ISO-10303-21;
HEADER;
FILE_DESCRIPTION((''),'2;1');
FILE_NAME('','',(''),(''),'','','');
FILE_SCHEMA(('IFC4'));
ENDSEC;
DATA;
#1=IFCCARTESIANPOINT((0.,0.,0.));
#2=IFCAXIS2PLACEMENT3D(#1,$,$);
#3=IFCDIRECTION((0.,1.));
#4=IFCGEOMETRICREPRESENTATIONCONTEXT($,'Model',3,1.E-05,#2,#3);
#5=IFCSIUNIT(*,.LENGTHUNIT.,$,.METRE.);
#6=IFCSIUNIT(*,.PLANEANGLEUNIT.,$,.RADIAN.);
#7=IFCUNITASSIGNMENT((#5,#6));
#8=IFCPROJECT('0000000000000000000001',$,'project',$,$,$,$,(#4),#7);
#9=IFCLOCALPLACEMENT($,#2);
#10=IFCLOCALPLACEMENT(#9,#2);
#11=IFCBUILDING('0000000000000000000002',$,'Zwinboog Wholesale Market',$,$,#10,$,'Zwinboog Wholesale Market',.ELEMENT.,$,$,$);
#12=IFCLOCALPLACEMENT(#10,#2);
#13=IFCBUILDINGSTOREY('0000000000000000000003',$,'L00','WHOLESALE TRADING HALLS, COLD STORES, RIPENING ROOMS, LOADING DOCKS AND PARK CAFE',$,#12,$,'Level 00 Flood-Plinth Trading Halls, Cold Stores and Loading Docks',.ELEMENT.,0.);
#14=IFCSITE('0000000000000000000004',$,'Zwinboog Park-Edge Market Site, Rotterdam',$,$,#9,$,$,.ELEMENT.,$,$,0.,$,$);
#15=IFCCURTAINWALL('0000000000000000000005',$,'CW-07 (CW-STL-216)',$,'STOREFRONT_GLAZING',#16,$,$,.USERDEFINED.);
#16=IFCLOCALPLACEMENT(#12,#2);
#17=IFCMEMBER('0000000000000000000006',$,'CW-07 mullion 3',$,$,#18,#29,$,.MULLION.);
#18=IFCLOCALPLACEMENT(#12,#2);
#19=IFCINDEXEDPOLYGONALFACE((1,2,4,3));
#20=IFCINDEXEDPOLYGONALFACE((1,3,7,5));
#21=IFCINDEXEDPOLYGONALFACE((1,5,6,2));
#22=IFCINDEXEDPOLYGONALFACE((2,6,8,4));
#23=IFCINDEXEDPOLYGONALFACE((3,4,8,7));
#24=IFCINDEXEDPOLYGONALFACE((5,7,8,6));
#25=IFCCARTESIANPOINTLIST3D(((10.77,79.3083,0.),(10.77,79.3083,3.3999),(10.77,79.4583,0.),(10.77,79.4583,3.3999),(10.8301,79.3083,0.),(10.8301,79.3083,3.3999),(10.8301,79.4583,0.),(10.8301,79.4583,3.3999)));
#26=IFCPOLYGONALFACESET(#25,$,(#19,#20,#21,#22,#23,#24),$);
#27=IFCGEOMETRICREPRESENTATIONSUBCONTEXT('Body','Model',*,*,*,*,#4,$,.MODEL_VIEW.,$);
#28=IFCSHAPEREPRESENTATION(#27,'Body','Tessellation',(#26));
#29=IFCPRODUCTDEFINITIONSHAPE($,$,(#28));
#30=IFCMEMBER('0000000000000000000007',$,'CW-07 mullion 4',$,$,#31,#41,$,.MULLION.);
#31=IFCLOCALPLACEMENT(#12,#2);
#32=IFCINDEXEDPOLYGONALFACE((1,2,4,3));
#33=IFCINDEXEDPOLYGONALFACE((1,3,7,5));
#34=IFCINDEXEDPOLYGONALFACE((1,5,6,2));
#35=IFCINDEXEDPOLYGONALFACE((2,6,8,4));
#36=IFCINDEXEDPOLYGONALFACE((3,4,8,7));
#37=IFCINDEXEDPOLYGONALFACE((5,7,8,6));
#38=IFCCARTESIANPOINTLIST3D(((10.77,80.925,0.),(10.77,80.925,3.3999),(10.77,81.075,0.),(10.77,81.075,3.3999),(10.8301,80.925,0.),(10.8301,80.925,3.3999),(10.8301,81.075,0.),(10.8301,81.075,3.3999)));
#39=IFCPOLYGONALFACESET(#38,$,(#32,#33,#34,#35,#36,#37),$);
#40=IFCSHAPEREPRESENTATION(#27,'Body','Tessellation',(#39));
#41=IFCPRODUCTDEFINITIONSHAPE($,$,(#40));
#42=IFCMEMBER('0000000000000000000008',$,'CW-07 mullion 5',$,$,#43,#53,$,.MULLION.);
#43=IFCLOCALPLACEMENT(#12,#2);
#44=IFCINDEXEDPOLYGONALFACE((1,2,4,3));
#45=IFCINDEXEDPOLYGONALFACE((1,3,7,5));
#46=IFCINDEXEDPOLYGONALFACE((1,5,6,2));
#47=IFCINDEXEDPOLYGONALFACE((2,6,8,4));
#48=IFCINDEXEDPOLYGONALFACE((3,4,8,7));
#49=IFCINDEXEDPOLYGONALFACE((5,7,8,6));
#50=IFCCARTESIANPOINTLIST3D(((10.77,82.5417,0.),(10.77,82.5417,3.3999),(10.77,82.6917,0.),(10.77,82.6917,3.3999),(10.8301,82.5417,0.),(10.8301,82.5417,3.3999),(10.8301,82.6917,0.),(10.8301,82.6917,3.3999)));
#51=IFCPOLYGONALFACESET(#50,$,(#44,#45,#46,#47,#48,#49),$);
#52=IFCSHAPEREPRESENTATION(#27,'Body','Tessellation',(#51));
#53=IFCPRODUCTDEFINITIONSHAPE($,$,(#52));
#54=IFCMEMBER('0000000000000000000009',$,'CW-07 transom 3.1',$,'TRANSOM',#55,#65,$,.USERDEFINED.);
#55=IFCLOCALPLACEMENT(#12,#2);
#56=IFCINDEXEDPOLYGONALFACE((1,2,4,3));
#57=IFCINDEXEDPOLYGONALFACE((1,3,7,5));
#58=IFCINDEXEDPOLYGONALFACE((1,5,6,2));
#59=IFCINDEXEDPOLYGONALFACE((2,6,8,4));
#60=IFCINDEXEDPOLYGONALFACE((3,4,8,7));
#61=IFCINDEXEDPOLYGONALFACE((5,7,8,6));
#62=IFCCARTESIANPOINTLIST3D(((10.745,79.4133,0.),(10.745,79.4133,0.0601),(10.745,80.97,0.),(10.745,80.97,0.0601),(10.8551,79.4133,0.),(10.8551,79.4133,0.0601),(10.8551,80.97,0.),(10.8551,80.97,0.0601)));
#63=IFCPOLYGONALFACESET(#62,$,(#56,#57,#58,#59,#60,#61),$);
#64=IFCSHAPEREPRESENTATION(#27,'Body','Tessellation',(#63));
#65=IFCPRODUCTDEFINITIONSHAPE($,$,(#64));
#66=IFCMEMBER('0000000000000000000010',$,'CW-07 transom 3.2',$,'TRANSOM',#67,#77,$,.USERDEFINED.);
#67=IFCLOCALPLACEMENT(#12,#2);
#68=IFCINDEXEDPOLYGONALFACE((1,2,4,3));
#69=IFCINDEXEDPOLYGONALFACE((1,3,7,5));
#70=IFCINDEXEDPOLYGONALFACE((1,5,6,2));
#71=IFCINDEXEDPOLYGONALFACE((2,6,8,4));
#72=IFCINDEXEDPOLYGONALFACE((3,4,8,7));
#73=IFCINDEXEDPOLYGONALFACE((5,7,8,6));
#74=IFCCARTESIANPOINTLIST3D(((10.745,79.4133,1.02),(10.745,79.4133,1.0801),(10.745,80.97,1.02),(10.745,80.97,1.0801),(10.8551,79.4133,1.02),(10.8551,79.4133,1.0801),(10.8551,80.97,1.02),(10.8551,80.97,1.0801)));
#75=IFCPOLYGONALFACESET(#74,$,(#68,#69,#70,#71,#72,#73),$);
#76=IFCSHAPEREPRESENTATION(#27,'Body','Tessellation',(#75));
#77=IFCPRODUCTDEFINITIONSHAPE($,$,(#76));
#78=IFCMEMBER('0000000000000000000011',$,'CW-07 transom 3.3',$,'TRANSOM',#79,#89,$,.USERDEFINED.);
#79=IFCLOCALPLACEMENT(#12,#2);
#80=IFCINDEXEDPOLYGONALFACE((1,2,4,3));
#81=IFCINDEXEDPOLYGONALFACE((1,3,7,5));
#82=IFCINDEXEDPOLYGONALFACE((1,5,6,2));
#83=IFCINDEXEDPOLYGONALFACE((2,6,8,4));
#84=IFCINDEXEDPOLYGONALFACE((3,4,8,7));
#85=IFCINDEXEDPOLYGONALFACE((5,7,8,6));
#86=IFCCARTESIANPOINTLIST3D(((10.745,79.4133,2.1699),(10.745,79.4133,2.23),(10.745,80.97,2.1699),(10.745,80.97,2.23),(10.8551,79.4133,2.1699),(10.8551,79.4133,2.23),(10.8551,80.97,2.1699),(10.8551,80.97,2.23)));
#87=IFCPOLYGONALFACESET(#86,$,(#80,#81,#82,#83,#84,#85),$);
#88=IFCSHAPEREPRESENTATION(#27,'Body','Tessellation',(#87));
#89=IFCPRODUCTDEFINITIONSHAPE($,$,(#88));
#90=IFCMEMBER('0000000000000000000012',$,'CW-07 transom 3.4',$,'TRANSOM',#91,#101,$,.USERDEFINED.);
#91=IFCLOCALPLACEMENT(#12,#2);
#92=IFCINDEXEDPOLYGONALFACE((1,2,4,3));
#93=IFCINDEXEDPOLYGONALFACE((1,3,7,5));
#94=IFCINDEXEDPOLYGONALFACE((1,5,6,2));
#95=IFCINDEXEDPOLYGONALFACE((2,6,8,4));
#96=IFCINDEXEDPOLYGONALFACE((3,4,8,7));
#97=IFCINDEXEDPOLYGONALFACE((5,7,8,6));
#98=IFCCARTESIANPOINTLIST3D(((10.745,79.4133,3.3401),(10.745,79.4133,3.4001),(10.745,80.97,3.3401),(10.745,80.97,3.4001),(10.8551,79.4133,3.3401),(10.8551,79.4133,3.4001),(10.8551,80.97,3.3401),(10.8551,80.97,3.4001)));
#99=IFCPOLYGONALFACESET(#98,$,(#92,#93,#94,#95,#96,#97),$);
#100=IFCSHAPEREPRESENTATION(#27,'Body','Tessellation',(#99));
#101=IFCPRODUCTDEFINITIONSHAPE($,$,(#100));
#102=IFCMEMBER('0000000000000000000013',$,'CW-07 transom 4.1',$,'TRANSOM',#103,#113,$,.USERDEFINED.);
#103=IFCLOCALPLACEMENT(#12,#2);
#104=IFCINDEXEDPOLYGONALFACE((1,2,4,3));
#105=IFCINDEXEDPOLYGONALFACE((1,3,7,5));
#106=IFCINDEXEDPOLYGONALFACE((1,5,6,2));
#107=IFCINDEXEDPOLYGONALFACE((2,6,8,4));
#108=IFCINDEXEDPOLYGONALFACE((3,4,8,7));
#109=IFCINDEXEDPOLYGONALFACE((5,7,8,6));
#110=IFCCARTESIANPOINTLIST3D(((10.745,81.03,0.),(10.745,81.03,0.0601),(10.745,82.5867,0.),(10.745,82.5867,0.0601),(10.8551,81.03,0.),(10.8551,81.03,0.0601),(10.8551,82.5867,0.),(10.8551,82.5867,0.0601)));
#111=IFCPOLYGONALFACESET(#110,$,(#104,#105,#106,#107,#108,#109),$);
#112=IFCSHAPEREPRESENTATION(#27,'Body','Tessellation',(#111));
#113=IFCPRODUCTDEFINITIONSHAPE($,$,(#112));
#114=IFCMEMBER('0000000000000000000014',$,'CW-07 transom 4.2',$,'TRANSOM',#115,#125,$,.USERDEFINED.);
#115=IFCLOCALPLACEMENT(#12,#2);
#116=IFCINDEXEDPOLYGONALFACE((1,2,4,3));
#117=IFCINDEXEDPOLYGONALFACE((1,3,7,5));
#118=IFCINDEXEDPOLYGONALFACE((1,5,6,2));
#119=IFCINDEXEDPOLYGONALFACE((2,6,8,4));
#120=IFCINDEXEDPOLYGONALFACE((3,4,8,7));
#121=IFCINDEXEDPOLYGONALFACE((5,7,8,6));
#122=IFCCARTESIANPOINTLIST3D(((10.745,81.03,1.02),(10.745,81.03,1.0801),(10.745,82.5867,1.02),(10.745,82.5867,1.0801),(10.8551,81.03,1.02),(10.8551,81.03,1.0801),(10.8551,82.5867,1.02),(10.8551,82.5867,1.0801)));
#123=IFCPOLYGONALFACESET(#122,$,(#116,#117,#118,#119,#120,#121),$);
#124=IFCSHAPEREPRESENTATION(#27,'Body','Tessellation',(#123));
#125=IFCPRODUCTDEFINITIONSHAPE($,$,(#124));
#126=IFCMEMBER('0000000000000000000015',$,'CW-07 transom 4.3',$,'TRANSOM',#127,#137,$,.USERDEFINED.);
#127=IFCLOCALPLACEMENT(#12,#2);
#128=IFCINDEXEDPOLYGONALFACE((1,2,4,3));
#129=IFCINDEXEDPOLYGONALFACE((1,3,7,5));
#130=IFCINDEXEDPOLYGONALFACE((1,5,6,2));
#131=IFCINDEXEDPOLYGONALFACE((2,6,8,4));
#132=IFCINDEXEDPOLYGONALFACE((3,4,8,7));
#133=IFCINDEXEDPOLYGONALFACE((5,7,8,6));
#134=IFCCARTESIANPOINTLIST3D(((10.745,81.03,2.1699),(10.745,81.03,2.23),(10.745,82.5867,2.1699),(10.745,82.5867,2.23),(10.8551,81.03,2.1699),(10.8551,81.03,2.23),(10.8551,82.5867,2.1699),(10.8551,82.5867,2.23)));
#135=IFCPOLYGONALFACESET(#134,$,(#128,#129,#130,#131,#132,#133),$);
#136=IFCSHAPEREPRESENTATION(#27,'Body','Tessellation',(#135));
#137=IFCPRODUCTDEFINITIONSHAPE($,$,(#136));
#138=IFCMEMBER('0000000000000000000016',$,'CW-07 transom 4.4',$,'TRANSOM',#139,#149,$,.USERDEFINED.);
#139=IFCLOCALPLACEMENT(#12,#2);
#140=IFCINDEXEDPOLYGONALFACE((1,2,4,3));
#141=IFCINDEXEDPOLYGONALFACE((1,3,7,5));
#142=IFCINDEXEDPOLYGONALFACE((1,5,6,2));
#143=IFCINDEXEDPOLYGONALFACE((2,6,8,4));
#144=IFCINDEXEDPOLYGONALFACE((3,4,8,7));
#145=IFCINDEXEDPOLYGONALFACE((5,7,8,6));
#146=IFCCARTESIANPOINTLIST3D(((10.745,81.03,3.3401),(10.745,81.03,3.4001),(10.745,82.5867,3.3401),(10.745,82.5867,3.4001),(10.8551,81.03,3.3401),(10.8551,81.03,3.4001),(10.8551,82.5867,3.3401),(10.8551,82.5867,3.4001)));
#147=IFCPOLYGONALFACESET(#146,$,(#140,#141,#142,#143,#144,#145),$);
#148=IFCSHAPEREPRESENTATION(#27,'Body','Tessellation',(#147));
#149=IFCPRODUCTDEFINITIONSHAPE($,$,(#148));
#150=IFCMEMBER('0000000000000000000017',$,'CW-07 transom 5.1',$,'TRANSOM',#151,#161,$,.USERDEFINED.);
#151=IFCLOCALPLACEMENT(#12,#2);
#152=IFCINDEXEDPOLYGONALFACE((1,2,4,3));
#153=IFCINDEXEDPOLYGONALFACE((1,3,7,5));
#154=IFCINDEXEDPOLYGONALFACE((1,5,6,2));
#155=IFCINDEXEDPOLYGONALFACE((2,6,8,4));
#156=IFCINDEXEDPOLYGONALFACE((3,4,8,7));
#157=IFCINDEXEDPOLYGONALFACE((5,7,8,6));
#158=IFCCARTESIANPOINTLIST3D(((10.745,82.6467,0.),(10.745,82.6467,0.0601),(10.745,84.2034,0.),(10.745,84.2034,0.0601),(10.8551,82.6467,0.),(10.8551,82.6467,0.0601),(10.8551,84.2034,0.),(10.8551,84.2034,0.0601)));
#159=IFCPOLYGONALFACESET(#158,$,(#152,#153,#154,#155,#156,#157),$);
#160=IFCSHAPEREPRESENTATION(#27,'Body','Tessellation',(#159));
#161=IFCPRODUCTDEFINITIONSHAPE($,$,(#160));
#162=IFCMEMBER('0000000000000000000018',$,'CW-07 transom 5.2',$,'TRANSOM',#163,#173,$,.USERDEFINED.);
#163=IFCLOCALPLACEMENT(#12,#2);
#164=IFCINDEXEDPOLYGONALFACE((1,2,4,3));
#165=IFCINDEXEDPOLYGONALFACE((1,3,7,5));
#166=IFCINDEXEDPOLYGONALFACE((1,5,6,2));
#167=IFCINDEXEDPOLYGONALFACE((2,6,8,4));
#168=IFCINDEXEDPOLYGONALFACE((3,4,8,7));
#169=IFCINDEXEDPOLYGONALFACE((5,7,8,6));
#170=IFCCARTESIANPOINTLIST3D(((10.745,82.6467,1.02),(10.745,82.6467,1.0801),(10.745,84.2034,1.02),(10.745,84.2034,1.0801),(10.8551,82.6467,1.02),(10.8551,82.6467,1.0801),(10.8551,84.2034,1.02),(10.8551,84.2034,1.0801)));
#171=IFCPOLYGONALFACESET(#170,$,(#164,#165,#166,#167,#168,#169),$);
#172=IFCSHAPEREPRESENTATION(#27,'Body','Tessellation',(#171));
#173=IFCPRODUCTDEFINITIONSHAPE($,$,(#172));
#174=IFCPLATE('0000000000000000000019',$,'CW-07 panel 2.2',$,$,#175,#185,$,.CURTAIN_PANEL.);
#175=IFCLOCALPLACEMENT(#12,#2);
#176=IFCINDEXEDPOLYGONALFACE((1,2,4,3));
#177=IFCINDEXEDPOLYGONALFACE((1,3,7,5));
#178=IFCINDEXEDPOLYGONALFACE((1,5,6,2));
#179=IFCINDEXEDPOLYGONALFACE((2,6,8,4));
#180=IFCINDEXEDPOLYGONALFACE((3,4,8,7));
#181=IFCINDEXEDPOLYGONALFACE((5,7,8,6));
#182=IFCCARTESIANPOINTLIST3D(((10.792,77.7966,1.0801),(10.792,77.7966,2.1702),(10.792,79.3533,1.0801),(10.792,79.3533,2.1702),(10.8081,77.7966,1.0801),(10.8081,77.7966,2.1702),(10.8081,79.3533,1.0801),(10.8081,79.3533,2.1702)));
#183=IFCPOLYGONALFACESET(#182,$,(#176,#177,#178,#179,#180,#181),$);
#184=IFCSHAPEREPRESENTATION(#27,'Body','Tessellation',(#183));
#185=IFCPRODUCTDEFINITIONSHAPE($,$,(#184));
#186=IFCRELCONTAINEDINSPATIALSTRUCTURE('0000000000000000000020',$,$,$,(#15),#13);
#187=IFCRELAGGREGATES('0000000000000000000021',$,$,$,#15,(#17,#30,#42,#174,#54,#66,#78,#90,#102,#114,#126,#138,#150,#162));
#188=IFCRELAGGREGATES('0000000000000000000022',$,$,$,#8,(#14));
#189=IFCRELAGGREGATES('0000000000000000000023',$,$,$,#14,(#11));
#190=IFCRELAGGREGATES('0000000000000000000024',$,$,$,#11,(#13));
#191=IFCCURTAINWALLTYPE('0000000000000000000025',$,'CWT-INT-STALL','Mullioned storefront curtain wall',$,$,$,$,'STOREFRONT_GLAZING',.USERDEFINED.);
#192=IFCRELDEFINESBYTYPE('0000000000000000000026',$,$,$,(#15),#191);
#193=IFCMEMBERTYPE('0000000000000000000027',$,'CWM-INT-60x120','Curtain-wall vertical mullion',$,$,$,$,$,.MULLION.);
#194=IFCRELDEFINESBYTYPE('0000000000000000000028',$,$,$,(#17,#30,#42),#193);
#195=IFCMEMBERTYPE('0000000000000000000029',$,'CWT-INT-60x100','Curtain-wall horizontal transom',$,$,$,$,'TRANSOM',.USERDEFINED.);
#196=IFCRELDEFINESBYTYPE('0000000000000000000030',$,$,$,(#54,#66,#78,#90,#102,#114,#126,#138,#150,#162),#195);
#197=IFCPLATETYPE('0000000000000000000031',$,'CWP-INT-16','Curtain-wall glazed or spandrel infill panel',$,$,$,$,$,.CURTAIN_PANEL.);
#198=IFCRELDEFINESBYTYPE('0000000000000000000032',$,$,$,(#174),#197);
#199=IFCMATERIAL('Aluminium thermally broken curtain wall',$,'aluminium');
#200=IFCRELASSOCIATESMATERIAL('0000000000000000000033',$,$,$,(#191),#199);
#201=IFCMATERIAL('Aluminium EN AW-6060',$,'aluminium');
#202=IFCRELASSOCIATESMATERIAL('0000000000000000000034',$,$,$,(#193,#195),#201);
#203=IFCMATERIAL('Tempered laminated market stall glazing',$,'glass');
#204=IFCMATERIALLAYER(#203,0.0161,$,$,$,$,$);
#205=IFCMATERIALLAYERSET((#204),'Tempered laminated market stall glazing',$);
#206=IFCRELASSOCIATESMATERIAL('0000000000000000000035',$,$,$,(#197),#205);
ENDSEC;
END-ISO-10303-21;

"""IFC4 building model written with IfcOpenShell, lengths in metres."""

from ifc_helpers import new_model, si_unit, direction, frame, origin, origin_2d, place, context, subcontext, project, spatial, rectangle, extrude, material, layer, layer_set, material_profile, profile_set, type_object, element, aggregate, save


model = new_model("IFC4")

# Units and contexts
model_context = context("Model", 3, precision=1e-05, world=origin(), true_north=direction((0.0, 1.0)))
body_context = subcontext(model_context, "Body", "Model", "MODEL_VIEW")
ifc_project = project(units=[si_unit("LENGTHUNIT", "METRE"), si_unit("PLANEANGLEUNIT", "RADIAN")], contexts=[model_context])

# Site, building, storey
site_placement = place(None, origin())
site = spatial("IfcSite", under=ifc_project, at=site_placement, Name="Zwinboog Park-Edge Market Site, Rotterdam", CompositionType="ELEMENT", RefElevation=0.0)
building_placement = place(site_placement, origin())
building = spatial("IfcBuilding", under=site, at=building_placement, Name="Zwinboog Wholesale Market", LongName="Zwinboog Wholesale Market", CompositionType="ELEMENT")
storey_placement = place(building_placement, origin())
storey = spatial("IfcBuildingStorey", under=building, at=storey_placement, Name="L00", Description="WHOLESALE TRADING HALLS, COLD STORES, RIPENING ROOMS, LOADING DOCKS AND PARK CAFE", LongName="Level 00 Flood-Plinth Trading Halls, Cold Stores and Loading Docks", CompositionType="ELEMENT", Elevation=0.0)

# Curtain wall, members, plate
ifc_material_1 = material(Name="Aluminium thermally broken curtain wall", Category="aluminium")
curtain_wall_type = type_object("IfcCurtainWallType", Name="CWT-INT-STALL", Description="Mullioned storefront curtain wall", ElementType="STOREFRONT_GLAZING", PredefinedType="USERDEFINED", material=ifc_material_1)
curtain_wall_placement = place(storey_placement, origin())
curtain_wall = element("IfcCurtainWall", 1, at=curtain_wall_placement, inside=storey, type_object=curtain_wall_type, Name="CW-07 (CW-STL-216)", ObjectType="STOREFRONT_GLAZING", PredefinedType="USERDEFINED")
ifc_material_2 = material(Name="Aluminium EN AW-6060", Category="aluminium")
ifc_material_profile_1 = material_profile(ifc_material_2, rectangle(XDim=0.0601, YDim=0.1499, at=origin_2d()), Name="AL 60x150")
ifc_profile_set_1 = profile_set([ifc_material_profile_1], Name="Aluminium EN AW-6060")
member_type_1 = type_object("IfcMemberType", Name="CWM-INT-60x120", Description="Curtain-wall vertical mullion", PredefinedType="MULLION", material=ifc_profile_set_1)
member_1_placement = place(storey_placement, frame((10.8, 79.3833, 0.0), z_axis=(0.0, 0.0, 1.0), x_axis=(-1.0, 0.0, 0.0)))
member_1 = element("IfcMember", 2, at=member_1_placement, type_object=member_type_1, Name="CW-07 mullion 3", PredefinedType="MULLION", context=body_context, shape_type="SweptSolid", body=[
    extrude(rectangle(XDim=0.0601, YDim=0.1499, at=origin_2d()), origin(), (0.0, 0.0, 1.0), 3.3999),
])
member_2_placement = place(storey_placement, frame((10.8, 81.0, 0.0), z_axis=(0.0, 0.0, 1.0), x_axis=(-1.0, 0.0, 0.0)))
member_2 = element("IfcMember", 3, at=member_2_placement, type_object=member_type_1, Name="CW-07 mullion 4", PredefinedType="MULLION", context=body_context, shape_type="SweptSolid", body=[
    extrude(rectangle(XDim=0.0601, YDim=0.1499, at=origin_2d()), origin(), (0.0, 0.0, 1.0), 3.3999),
])
member_3_placement = place(storey_placement, frame((10.8, 82.6167, 0.0), z_axis=(0.0, 0.0, 1.0), x_axis=(-1.0, 0.0, 0.0)))
member_3 = element("IfcMember", 4, at=member_3_placement, type_object=member_type_1, Name="CW-07 mullion 5", PredefinedType="MULLION", context=body_context, shape_type="SweptSolid", body=[
    extrude(rectangle(XDim=0.0601, YDim=0.1499, at=origin_2d()), origin(), (0.0, 0.0, 1.0), 3.3999),
])
ifc_material_profile_2 = material_profile(ifc_material_2, rectangle(XDim=0.1101, YDim=0.0601, at=origin_2d()), Name="AL 60x110")
ifc_profile_set_2 = profile_set([ifc_material_profile_2], Name="Aluminium EN AW-6060")
member_type_2 = type_object("IfcMemberType", Name="CWT-INT-60x100", Description="Curtain-wall horizontal transom", ElementType="TRANSOM", PredefinedType="USERDEFINED", material=ifc_profile_set_2)
member_4_placement = place(storey_placement, frame((10.8, 79.4133, 0.03), z_axis=(0.0, 1.0, 0.0), x_axis=(-1.0, 0.0, 0.0)))
member_4 = element("IfcMember", 5, at=member_4_placement, type_object=member_type_2, Name="CW-07 transom 3.1", ObjectType="TRANSOM", PredefinedType="USERDEFINED", context=body_context, shape_type="SweptSolid", body=[
    extrude(rectangle(XDim=0.1101, YDim=0.0601, at=origin_2d()), origin(), (0.0, 0.0, 1.0), 1.5566),
])
member_5_placement = place(storey_placement, frame((10.8, 79.4133, 1.05), z_axis=(0.0, 1.0, 0.0), x_axis=(-1.0, 0.0, 0.0)))
member_5 = element("IfcMember", 6, at=member_5_placement, type_object=member_type_2, Name="CW-07 transom 3.2", ObjectType="TRANSOM", PredefinedType="USERDEFINED", context=body_context, shape_type="SweptSolid", body=[
    extrude(rectangle(XDim=0.1101, YDim=0.0601, at=origin_2d()), origin(), (0.0, 0.0, 1.0), 1.5566),
])
member_6_placement = place(storey_placement, frame((10.8, 79.4133, 2.2), z_axis=(0.0, 1.0, 0.0), x_axis=(-1.0, 0.0, 0.0)))
member_6 = element("IfcMember", 7, at=member_6_placement, type_object=member_type_2, Name="CW-07 transom 3.3", ObjectType="TRANSOM", PredefinedType="USERDEFINED", context=body_context, shape_type="SweptSolid", body=[
    extrude(rectangle(XDim=0.1101, YDim=0.0601, at=origin_2d()), origin(), (0.0, 0.0, 1.0), 1.5566),
])
member_7_placement = place(storey_placement, frame((10.8, 79.4133, 3.3701), z_axis=(0.0, 1.0, 0.0), x_axis=(-1.0, 0.0, 0.0)))
member_7 = element("IfcMember", 8, at=member_7_placement, type_object=member_type_2, Name="CW-07 transom 3.4", ObjectType="TRANSOM", PredefinedType="USERDEFINED", context=body_context, shape_type="SweptSolid", body=[
    extrude(rectangle(XDim=0.1101, YDim=0.0601, at=origin_2d()), origin(), (0.0, 0.0, 1.0), 1.5566),
])
member_8_placement = place(storey_placement, frame((10.8, 81.03, 0.03), z_axis=(0.0, 1.0, 0.0), x_axis=(-1.0, 0.0, 0.0)))
member_8 = element("IfcMember", 9, at=member_8_placement, type_object=member_type_2, Name="CW-07 transom 4.1", ObjectType="TRANSOM", PredefinedType="USERDEFINED", context=body_context, shape_type="SweptSolid", body=[
    extrude(rectangle(XDim=0.1101, YDim=0.0601, at=origin_2d()), origin(), (0.0, 0.0, 1.0), 1.5566),
])
member_9_placement = place(storey_placement, frame((10.8, 81.03, 1.05), z_axis=(0.0, 1.0, 0.0), x_axis=(-1.0, 0.0, 0.0)))
member_9 = element("IfcMember", 10, at=member_9_placement, type_object=member_type_2, Name="CW-07 transom 4.2", ObjectType="TRANSOM", PredefinedType="USERDEFINED", context=body_context, shape_type="SweptSolid", body=[
    extrude(rectangle(XDim=0.1101, YDim=0.0601, at=origin_2d()), origin(), (0.0, 0.0, 1.0), 1.5566),
])
member_10_placement = place(storey_placement, frame((10.8, 81.03, 2.2), z_axis=(0.0, 1.0, 0.0), x_axis=(-1.0, 0.0, 0.0)))
member_10 = element("IfcMember", 11, at=member_10_placement, type_object=member_type_2, Name="CW-07 transom 4.3", ObjectType="TRANSOM", PredefinedType="USERDEFINED", context=body_context, shape_type="SweptSolid", body=[
    extrude(rectangle(XDim=0.1101, YDim=0.0601, at=origin_2d()), origin(), (0.0, 0.0, 1.0), 1.5566),
])
member_11_placement = place(storey_placement, frame((10.8, 81.03, 3.3701), z_axis=(0.0, 1.0, 0.0), x_axis=(-1.0, 0.0, 0.0)))
member_11 = element("IfcMember", 12, at=member_11_placement, type_object=member_type_2, Name="CW-07 transom 4.4", ObjectType="TRANSOM", PredefinedType="USERDEFINED", context=body_context, shape_type="SweptSolid", body=[
    extrude(rectangle(XDim=0.1101, YDim=0.0601, at=origin_2d()), origin(), (0.0, 0.0, 1.0), 1.5566),
])
member_12_placement = place(storey_placement, frame((10.8, 82.6467, 0.03), z_axis=(0.0, 1.0, 0.0), x_axis=(-1.0, 0.0, 0.0)))
member_12 = element("IfcMember", 13, at=member_12_placement, type_object=member_type_2, Name="CW-07 transom 5.1", ObjectType="TRANSOM", PredefinedType="USERDEFINED", context=body_context, shape_type="SweptSolid", body=[
    extrude(rectangle(XDim=0.1101, YDim=0.0601, at=origin_2d()), origin(), (0.0, 0.0, 1.0), 1.5566),
])
member_13_placement = place(storey_placement, frame((10.8, 82.6467, 1.05), z_axis=(0.0, 1.0, 0.0), x_axis=(-1.0, 0.0, 0.0)))
member_13 = element("IfcMember", 14, at=member_13_placement, type_object=member_type_2, Name="CW-07 transom 5.2", ObjectType="TRANSOM", PredefinedType="USERDEFINED", context=body_context, shape_type="SweptSolid", body=[
    extrude(rectangle(XDim=0.1101, YDim=0.0601, at=origin_2d()), origin(), (0.0, 0.0, 1.0), 1.5566),
])
ifc_material_3 = material(Name="Tempered laminated market stall glazing", Category="glass")
ifc_layer = layer(ifc_material_3, 0.0161)
ifc_layer_set = layer_set([ifc_layer], Name="Tempered laminated market stall glazing")
plate_type = type_object("IfcPlateType", Name="CWP-INT-16", Description="Curtain-wall glazed or spandrel infill panel", PredefinedType="CURTAIN_PANEL", material=ifc_layer_set)
plate_1_placement = place(storey_placement, frame((10.8, 78.575, 1.0801), z_axis=(0.0, 0.0, 1.0), x_axis=(0.0, 1.0, 0.0)))
plate_1 = element("IfcPlate", 15, at=plate_1_placement, type_object=plate_type, Name="CW-07 panel 2.2", PredefinedType="CURTAIN_PANEL", context=body_context, shape_type="SweptSolid", body=[
    extrude(rectangle(XDim=1.5566, YDim=0.0161, at=origin_2d()), origin(), (0.0, 0.0, 1.0), 1.0901),
])
aggregate(curtain_wall, [member_1, member_2, member_3, plate_1, member_4, member_5, member_6, member_7, member_8, member_9, member_10, member_11, member_12, member_13])

save(model, "model.ifc")
